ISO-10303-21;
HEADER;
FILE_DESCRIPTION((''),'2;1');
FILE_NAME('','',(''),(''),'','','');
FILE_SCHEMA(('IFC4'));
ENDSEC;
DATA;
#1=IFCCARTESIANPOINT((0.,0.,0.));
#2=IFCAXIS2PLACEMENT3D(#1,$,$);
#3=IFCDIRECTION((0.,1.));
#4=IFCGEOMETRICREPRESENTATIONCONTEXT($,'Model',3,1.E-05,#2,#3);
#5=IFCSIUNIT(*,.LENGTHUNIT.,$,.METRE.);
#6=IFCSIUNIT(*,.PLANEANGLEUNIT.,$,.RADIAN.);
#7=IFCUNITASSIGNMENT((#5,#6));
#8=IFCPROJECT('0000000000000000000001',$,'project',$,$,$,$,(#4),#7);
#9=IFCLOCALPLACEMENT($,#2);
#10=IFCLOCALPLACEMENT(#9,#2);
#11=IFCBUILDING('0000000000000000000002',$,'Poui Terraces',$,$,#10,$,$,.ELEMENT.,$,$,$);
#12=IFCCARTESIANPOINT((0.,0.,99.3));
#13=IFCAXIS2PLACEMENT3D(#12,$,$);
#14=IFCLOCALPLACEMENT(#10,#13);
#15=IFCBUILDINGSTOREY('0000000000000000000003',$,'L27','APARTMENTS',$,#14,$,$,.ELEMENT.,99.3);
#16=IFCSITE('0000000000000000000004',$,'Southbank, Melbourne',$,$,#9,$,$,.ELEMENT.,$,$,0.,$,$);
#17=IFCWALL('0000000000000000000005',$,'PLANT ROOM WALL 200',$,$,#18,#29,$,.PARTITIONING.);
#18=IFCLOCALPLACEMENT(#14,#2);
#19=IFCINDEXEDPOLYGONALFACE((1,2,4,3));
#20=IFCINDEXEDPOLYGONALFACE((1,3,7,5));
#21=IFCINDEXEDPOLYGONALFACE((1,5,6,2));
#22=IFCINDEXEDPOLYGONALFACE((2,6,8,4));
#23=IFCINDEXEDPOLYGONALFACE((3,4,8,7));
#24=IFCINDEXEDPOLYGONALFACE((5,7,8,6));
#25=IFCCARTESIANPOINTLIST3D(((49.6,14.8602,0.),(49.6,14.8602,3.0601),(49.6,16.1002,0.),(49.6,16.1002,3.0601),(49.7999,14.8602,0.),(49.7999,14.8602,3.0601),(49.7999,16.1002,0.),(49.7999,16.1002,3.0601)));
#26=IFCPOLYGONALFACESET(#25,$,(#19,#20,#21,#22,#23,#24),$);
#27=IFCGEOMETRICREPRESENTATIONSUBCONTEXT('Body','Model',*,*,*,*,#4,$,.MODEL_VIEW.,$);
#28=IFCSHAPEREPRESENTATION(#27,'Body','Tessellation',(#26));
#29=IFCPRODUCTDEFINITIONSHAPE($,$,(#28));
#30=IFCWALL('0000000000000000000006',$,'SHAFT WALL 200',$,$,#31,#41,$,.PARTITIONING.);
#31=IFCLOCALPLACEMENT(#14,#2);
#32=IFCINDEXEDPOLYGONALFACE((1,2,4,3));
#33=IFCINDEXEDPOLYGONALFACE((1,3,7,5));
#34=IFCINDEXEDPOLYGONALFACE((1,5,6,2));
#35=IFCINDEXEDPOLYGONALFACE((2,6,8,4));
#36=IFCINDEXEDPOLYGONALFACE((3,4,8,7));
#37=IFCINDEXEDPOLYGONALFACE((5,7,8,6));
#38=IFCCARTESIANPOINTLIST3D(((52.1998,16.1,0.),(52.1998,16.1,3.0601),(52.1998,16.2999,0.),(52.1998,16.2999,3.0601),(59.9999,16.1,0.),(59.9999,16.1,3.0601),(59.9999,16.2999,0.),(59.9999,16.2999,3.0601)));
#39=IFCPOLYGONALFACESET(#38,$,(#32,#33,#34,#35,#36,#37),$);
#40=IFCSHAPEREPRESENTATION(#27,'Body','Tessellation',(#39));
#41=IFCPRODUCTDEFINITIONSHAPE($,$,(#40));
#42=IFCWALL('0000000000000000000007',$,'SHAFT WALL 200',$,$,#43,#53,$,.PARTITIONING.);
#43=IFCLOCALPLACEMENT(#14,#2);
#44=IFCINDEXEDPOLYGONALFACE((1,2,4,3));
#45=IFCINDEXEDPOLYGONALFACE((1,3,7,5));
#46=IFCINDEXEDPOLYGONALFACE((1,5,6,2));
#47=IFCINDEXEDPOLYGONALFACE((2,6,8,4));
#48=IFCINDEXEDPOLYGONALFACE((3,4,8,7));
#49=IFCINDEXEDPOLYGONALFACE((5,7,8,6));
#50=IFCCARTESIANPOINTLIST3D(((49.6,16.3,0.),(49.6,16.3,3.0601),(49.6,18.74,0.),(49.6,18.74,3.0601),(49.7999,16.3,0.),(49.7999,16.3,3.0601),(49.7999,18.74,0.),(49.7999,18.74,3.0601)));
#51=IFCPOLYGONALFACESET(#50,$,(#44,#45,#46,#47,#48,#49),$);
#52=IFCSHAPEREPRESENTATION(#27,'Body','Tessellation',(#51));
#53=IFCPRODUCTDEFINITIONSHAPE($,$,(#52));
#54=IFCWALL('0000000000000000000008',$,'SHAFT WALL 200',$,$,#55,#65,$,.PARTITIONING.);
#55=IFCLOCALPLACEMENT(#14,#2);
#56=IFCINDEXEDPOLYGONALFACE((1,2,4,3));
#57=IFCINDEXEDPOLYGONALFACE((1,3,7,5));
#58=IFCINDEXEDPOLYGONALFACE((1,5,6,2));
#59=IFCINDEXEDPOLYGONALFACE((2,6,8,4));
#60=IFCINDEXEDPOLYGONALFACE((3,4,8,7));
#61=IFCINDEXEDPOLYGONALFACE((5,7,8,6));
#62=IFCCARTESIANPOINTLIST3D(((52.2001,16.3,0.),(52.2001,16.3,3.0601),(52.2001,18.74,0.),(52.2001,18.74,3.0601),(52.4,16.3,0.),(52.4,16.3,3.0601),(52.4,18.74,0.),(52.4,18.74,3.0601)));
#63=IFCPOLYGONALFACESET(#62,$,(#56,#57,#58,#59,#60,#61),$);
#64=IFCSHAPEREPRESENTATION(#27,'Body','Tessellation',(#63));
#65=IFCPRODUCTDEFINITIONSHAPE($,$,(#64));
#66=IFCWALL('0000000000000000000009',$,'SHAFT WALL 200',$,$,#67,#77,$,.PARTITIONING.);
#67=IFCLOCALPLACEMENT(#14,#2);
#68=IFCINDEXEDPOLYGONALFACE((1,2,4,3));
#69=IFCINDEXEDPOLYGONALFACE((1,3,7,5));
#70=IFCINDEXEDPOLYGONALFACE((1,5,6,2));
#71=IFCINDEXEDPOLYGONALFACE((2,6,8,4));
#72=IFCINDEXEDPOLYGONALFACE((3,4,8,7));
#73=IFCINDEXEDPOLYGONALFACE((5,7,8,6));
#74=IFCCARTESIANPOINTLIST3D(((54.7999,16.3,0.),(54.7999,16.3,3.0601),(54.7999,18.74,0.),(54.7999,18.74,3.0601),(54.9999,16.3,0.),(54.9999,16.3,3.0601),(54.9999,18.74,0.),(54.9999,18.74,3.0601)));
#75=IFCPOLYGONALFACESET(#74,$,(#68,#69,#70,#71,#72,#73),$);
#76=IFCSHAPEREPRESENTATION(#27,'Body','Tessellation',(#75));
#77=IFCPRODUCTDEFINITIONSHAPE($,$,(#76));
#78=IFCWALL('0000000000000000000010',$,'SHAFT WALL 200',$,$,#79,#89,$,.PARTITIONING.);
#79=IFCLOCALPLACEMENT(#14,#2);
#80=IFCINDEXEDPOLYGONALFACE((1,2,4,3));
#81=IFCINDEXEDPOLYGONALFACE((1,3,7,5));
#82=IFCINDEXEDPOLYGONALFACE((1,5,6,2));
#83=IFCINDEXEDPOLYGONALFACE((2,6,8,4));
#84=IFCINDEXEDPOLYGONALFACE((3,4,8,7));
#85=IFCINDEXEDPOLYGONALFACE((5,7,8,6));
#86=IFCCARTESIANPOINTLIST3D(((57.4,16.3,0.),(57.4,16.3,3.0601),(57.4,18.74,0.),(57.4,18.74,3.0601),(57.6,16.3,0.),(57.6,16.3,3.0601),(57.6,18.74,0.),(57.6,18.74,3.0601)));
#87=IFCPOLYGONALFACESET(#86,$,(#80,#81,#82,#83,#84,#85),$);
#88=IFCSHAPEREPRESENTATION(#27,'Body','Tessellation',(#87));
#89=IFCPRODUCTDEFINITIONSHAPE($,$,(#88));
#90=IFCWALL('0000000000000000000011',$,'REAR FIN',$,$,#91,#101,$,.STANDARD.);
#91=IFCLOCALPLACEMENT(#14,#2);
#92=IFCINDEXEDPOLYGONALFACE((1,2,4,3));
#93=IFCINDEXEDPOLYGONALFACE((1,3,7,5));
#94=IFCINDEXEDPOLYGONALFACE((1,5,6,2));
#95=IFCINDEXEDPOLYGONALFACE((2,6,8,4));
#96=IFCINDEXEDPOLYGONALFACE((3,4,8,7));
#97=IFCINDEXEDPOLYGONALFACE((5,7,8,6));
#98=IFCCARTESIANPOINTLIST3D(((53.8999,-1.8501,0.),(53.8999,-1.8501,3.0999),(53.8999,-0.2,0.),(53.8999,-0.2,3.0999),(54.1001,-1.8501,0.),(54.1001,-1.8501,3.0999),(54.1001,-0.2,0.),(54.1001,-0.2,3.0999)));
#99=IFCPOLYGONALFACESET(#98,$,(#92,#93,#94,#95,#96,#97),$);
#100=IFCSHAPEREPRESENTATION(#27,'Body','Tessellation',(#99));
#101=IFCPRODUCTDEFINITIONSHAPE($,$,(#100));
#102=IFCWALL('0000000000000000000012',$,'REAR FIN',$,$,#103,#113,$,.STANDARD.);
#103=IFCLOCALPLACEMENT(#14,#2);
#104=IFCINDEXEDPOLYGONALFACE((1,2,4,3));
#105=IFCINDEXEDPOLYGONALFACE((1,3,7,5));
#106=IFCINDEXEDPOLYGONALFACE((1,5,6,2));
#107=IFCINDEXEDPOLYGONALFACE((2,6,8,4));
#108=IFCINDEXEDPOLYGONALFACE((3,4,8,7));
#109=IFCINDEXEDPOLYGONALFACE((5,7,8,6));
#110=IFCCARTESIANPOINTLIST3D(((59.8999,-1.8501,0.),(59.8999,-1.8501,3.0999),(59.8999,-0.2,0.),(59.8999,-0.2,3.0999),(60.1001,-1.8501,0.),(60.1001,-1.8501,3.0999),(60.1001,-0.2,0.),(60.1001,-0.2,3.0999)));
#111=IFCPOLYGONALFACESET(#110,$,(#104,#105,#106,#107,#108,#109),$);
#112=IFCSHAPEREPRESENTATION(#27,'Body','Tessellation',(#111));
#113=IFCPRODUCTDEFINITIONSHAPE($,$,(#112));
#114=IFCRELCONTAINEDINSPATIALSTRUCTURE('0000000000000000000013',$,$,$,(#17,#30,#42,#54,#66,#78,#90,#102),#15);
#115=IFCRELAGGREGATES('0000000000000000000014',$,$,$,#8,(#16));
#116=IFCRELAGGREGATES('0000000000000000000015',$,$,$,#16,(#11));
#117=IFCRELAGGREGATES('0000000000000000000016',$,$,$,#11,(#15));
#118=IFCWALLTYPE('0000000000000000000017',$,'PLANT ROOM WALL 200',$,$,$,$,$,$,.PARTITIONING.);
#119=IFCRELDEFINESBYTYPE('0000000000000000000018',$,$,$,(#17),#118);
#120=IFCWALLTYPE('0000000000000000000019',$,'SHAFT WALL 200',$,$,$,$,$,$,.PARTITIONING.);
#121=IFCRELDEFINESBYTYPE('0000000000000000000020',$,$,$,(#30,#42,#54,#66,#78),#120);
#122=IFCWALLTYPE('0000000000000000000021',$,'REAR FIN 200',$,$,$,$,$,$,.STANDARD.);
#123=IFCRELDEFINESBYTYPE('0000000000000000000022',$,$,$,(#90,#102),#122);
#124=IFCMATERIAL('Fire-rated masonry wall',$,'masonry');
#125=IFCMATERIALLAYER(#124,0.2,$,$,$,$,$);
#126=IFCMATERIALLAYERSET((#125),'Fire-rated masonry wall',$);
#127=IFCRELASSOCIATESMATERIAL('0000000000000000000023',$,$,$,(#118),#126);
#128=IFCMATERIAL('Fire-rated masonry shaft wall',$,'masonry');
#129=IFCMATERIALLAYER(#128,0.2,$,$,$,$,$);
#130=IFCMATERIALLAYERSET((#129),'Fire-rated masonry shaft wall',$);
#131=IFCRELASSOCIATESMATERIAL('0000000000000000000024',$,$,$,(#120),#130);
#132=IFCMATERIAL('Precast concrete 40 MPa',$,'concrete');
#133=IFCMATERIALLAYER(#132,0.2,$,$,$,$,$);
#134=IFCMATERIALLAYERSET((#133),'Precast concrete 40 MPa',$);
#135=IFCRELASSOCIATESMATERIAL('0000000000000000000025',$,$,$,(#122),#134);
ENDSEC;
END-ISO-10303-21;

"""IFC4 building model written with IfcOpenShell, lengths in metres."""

from ifc_helpers import new_model, si_unit, direction, frame, frame_2d, origin, place, context, subcontext, project, spatial, polyline, rectangle, outline, extrude, source, transform, mapped, material, layer, layer_set, type_object, element, save


model = new_model("IFC4")

# Units and contexts
model_context = context("Model", 3, precision=1e-05, world=origin(), true_north=direction((0.0, 1.0)))
body_context = subcontext(model_context, "Body", "Model", "MODEL_VIEW")
ifc_project = project(units=[si_unit("LENGTHUNIT", "METRE"), si_unit("PLANEANGLEUNIT", "RADIAN")], contexts=[model_context])

# Site, building, storey
site_placement = place(None, origin())
site = spatial("IfcSite", under=ifc_project, at=site_placement, Name="Southbank, Melbourne", CompositionType="ELEMENT", RefElevation=0.0)
building_placement = place(site_placement, origin())
building = spatial("IfcBuilding", under=site, at=building_placement, Name="Poui Terraces", CompositionType="ELEMENT")
storey_placement = place(building_placement, frame((0.0, 0.0, 99.3)))
storey = spatial("IfcBuildingStorey", under=building, at=storey_placement, Name="L27", Description="APARTMENTS", CompositionType="ELEMENT", Elevation=99.3)

# Shared definitions
ifc_material_1 = material(Name="Precast concrete 40 MPa", Category="concrete")

# Walls
ifc_material_2 = material(Name="Fire-rated masonry wall", Category="masonry")
ifc_layer_1 = layer(ifc_material_2, 0.2)
ifc_layer_set_1 = layer_set([ifc_layer_1], Name="Fire-rated masonry wall")
wall_type_1 = type_object("IfcWallType", Name="PLANT ROOM WALL 200", PredefinedType="PARTITIONING", material=ifc_layer_set_1)
wall_1_placement = place(storey_placement, frame((49.7, 14.8601, 0.0), z_axis=(0.0, 0.0, 1.0), x_axis=(0.0, 1.0, 0.0)))
element("IfcWall", 1, at=wall_1_placement, inside=storey, type_object=wall_type_1, Name="PLANT ROOM WALL 200", PredefinedType="PARTITIONING", context=body_context, shape_type="SweptSolid", body=[
    extrude(rectangle(XDim=1.24, YDim=0.2, at=frame_2d((0.6201, 0.0))), origin(), (0.0, 0.0, 1.0), 3.0601),
])
ifc_material_3 = material(Name="Fire-rated masonry shaft wall", Category="masonry")
ifc_layer_2 = layer(ifc_material_3, 0.2)
ifc_layer_set_2 = layer_set([ifc_layer_2], Name="Fire-rated masonry shaft wall")
wall_type_2 = type_object("IfcWallType", Name="SHAFT WALL 200", PredefinedType="PARTITIONING", material=ifc_layer_set_2)
wall_2_placement = place(storey_placement, frame((52.2, 16.2, 0.0), z_axis=(0.0, 0.0, 1.0), x_axis=(1.0, 0.0, 0.0)))
element("IfcWall", 2, at=wall_2_placement, inside=storey, type_object=wall_type_2, Name="SHAFT WALL 200", PredefinedType="PARTITIONING", context=body_context, shape_type="SweptSolid", body=[
    extrude(rectangle(XDim=7.8, YDim=0.2, at=frame_2d((3.8999, 0.0))), origin(), (0.0, 0.0, 1.0), 3.0601),
])
for number, where, z_axis, x_axis, name in (
    (3, (49.7, 16.3, 0.0), (0.0, 0.0, 1.0), (0.0, 1.0, 0.0), "SHAFT WALL 200"),
    (4, (52.3, 16.3, 0.0), (0.0, 0.0, 1.0), (0.0, 1.0, 0.0), "SHAFT WALL 200"),
    (5, (54.8999, 16.3, 0.0), (0.0, 0.0, 1.0), (0.0, 1.0, 0.0), "SHAFT WALL 200"),
    (6, (57.5, 16.3, 0.0), (0.0, 0.0, 1.0), (0.0, 1.0, 0.0), "SHAFT WALL 200"),
):
    element("IfcWall", number, at=place(storey_placement, frame(where, z_axis=z_axis, x_axis=x_axis)), inside=storey, type_object=wall_type_2, Name=name, PredefinedType="PARTITIONING", context=body_context, shape_type="SweptSolid", body=[
        extrude(rectangle(XDim=2.4399, YDim=0.2, at=frame_2d((1.22, 0.0))), origin(), (0.0, 0.0, 1.0), 3.0601),
    ])
ifc_layer_3 = layer(ifc_material_1, 0.2)
ifc_layer_set_3 = layer_set([ifc_layer_3], Name="Precast concrete 40 MPa")
wall_type_3 = type_object("IfcWallType", Name="REAR FIN 200", PredefinedType="STANDARD", material=ifc_layer_set_3)
shared_shape_1 = source(origin(), body_context, "Body", "SweptSolid", [
    extrude(outline(polyline([(0.0, 0.0), (0.2002, 0.0), (0.2002, 1.6501), (0.0, 1.6501), (0.0, 0.0)])), origin(), (0.0, 0.0, 1.0), 3.0999),
])
for number, where, name in (
    (7, (53.8999, -1.8501, 0.0), "REAR FIN"),
    (8, (59.8999, -1.8501, 0.0), "REAR FIN"),
):
    element("IfcWall", number, at=place(storey_placement, frame(where)), inside=storey, type_object=wall_type_3, Name=name, PredefinedType="STANDARD", context=body_context, shape_type="MappedRepresentation", body=[
        mapped(shared_shape_1, transform((0.0, 0.0, 0.0))),
    ])

save(model, "model.ifc")
